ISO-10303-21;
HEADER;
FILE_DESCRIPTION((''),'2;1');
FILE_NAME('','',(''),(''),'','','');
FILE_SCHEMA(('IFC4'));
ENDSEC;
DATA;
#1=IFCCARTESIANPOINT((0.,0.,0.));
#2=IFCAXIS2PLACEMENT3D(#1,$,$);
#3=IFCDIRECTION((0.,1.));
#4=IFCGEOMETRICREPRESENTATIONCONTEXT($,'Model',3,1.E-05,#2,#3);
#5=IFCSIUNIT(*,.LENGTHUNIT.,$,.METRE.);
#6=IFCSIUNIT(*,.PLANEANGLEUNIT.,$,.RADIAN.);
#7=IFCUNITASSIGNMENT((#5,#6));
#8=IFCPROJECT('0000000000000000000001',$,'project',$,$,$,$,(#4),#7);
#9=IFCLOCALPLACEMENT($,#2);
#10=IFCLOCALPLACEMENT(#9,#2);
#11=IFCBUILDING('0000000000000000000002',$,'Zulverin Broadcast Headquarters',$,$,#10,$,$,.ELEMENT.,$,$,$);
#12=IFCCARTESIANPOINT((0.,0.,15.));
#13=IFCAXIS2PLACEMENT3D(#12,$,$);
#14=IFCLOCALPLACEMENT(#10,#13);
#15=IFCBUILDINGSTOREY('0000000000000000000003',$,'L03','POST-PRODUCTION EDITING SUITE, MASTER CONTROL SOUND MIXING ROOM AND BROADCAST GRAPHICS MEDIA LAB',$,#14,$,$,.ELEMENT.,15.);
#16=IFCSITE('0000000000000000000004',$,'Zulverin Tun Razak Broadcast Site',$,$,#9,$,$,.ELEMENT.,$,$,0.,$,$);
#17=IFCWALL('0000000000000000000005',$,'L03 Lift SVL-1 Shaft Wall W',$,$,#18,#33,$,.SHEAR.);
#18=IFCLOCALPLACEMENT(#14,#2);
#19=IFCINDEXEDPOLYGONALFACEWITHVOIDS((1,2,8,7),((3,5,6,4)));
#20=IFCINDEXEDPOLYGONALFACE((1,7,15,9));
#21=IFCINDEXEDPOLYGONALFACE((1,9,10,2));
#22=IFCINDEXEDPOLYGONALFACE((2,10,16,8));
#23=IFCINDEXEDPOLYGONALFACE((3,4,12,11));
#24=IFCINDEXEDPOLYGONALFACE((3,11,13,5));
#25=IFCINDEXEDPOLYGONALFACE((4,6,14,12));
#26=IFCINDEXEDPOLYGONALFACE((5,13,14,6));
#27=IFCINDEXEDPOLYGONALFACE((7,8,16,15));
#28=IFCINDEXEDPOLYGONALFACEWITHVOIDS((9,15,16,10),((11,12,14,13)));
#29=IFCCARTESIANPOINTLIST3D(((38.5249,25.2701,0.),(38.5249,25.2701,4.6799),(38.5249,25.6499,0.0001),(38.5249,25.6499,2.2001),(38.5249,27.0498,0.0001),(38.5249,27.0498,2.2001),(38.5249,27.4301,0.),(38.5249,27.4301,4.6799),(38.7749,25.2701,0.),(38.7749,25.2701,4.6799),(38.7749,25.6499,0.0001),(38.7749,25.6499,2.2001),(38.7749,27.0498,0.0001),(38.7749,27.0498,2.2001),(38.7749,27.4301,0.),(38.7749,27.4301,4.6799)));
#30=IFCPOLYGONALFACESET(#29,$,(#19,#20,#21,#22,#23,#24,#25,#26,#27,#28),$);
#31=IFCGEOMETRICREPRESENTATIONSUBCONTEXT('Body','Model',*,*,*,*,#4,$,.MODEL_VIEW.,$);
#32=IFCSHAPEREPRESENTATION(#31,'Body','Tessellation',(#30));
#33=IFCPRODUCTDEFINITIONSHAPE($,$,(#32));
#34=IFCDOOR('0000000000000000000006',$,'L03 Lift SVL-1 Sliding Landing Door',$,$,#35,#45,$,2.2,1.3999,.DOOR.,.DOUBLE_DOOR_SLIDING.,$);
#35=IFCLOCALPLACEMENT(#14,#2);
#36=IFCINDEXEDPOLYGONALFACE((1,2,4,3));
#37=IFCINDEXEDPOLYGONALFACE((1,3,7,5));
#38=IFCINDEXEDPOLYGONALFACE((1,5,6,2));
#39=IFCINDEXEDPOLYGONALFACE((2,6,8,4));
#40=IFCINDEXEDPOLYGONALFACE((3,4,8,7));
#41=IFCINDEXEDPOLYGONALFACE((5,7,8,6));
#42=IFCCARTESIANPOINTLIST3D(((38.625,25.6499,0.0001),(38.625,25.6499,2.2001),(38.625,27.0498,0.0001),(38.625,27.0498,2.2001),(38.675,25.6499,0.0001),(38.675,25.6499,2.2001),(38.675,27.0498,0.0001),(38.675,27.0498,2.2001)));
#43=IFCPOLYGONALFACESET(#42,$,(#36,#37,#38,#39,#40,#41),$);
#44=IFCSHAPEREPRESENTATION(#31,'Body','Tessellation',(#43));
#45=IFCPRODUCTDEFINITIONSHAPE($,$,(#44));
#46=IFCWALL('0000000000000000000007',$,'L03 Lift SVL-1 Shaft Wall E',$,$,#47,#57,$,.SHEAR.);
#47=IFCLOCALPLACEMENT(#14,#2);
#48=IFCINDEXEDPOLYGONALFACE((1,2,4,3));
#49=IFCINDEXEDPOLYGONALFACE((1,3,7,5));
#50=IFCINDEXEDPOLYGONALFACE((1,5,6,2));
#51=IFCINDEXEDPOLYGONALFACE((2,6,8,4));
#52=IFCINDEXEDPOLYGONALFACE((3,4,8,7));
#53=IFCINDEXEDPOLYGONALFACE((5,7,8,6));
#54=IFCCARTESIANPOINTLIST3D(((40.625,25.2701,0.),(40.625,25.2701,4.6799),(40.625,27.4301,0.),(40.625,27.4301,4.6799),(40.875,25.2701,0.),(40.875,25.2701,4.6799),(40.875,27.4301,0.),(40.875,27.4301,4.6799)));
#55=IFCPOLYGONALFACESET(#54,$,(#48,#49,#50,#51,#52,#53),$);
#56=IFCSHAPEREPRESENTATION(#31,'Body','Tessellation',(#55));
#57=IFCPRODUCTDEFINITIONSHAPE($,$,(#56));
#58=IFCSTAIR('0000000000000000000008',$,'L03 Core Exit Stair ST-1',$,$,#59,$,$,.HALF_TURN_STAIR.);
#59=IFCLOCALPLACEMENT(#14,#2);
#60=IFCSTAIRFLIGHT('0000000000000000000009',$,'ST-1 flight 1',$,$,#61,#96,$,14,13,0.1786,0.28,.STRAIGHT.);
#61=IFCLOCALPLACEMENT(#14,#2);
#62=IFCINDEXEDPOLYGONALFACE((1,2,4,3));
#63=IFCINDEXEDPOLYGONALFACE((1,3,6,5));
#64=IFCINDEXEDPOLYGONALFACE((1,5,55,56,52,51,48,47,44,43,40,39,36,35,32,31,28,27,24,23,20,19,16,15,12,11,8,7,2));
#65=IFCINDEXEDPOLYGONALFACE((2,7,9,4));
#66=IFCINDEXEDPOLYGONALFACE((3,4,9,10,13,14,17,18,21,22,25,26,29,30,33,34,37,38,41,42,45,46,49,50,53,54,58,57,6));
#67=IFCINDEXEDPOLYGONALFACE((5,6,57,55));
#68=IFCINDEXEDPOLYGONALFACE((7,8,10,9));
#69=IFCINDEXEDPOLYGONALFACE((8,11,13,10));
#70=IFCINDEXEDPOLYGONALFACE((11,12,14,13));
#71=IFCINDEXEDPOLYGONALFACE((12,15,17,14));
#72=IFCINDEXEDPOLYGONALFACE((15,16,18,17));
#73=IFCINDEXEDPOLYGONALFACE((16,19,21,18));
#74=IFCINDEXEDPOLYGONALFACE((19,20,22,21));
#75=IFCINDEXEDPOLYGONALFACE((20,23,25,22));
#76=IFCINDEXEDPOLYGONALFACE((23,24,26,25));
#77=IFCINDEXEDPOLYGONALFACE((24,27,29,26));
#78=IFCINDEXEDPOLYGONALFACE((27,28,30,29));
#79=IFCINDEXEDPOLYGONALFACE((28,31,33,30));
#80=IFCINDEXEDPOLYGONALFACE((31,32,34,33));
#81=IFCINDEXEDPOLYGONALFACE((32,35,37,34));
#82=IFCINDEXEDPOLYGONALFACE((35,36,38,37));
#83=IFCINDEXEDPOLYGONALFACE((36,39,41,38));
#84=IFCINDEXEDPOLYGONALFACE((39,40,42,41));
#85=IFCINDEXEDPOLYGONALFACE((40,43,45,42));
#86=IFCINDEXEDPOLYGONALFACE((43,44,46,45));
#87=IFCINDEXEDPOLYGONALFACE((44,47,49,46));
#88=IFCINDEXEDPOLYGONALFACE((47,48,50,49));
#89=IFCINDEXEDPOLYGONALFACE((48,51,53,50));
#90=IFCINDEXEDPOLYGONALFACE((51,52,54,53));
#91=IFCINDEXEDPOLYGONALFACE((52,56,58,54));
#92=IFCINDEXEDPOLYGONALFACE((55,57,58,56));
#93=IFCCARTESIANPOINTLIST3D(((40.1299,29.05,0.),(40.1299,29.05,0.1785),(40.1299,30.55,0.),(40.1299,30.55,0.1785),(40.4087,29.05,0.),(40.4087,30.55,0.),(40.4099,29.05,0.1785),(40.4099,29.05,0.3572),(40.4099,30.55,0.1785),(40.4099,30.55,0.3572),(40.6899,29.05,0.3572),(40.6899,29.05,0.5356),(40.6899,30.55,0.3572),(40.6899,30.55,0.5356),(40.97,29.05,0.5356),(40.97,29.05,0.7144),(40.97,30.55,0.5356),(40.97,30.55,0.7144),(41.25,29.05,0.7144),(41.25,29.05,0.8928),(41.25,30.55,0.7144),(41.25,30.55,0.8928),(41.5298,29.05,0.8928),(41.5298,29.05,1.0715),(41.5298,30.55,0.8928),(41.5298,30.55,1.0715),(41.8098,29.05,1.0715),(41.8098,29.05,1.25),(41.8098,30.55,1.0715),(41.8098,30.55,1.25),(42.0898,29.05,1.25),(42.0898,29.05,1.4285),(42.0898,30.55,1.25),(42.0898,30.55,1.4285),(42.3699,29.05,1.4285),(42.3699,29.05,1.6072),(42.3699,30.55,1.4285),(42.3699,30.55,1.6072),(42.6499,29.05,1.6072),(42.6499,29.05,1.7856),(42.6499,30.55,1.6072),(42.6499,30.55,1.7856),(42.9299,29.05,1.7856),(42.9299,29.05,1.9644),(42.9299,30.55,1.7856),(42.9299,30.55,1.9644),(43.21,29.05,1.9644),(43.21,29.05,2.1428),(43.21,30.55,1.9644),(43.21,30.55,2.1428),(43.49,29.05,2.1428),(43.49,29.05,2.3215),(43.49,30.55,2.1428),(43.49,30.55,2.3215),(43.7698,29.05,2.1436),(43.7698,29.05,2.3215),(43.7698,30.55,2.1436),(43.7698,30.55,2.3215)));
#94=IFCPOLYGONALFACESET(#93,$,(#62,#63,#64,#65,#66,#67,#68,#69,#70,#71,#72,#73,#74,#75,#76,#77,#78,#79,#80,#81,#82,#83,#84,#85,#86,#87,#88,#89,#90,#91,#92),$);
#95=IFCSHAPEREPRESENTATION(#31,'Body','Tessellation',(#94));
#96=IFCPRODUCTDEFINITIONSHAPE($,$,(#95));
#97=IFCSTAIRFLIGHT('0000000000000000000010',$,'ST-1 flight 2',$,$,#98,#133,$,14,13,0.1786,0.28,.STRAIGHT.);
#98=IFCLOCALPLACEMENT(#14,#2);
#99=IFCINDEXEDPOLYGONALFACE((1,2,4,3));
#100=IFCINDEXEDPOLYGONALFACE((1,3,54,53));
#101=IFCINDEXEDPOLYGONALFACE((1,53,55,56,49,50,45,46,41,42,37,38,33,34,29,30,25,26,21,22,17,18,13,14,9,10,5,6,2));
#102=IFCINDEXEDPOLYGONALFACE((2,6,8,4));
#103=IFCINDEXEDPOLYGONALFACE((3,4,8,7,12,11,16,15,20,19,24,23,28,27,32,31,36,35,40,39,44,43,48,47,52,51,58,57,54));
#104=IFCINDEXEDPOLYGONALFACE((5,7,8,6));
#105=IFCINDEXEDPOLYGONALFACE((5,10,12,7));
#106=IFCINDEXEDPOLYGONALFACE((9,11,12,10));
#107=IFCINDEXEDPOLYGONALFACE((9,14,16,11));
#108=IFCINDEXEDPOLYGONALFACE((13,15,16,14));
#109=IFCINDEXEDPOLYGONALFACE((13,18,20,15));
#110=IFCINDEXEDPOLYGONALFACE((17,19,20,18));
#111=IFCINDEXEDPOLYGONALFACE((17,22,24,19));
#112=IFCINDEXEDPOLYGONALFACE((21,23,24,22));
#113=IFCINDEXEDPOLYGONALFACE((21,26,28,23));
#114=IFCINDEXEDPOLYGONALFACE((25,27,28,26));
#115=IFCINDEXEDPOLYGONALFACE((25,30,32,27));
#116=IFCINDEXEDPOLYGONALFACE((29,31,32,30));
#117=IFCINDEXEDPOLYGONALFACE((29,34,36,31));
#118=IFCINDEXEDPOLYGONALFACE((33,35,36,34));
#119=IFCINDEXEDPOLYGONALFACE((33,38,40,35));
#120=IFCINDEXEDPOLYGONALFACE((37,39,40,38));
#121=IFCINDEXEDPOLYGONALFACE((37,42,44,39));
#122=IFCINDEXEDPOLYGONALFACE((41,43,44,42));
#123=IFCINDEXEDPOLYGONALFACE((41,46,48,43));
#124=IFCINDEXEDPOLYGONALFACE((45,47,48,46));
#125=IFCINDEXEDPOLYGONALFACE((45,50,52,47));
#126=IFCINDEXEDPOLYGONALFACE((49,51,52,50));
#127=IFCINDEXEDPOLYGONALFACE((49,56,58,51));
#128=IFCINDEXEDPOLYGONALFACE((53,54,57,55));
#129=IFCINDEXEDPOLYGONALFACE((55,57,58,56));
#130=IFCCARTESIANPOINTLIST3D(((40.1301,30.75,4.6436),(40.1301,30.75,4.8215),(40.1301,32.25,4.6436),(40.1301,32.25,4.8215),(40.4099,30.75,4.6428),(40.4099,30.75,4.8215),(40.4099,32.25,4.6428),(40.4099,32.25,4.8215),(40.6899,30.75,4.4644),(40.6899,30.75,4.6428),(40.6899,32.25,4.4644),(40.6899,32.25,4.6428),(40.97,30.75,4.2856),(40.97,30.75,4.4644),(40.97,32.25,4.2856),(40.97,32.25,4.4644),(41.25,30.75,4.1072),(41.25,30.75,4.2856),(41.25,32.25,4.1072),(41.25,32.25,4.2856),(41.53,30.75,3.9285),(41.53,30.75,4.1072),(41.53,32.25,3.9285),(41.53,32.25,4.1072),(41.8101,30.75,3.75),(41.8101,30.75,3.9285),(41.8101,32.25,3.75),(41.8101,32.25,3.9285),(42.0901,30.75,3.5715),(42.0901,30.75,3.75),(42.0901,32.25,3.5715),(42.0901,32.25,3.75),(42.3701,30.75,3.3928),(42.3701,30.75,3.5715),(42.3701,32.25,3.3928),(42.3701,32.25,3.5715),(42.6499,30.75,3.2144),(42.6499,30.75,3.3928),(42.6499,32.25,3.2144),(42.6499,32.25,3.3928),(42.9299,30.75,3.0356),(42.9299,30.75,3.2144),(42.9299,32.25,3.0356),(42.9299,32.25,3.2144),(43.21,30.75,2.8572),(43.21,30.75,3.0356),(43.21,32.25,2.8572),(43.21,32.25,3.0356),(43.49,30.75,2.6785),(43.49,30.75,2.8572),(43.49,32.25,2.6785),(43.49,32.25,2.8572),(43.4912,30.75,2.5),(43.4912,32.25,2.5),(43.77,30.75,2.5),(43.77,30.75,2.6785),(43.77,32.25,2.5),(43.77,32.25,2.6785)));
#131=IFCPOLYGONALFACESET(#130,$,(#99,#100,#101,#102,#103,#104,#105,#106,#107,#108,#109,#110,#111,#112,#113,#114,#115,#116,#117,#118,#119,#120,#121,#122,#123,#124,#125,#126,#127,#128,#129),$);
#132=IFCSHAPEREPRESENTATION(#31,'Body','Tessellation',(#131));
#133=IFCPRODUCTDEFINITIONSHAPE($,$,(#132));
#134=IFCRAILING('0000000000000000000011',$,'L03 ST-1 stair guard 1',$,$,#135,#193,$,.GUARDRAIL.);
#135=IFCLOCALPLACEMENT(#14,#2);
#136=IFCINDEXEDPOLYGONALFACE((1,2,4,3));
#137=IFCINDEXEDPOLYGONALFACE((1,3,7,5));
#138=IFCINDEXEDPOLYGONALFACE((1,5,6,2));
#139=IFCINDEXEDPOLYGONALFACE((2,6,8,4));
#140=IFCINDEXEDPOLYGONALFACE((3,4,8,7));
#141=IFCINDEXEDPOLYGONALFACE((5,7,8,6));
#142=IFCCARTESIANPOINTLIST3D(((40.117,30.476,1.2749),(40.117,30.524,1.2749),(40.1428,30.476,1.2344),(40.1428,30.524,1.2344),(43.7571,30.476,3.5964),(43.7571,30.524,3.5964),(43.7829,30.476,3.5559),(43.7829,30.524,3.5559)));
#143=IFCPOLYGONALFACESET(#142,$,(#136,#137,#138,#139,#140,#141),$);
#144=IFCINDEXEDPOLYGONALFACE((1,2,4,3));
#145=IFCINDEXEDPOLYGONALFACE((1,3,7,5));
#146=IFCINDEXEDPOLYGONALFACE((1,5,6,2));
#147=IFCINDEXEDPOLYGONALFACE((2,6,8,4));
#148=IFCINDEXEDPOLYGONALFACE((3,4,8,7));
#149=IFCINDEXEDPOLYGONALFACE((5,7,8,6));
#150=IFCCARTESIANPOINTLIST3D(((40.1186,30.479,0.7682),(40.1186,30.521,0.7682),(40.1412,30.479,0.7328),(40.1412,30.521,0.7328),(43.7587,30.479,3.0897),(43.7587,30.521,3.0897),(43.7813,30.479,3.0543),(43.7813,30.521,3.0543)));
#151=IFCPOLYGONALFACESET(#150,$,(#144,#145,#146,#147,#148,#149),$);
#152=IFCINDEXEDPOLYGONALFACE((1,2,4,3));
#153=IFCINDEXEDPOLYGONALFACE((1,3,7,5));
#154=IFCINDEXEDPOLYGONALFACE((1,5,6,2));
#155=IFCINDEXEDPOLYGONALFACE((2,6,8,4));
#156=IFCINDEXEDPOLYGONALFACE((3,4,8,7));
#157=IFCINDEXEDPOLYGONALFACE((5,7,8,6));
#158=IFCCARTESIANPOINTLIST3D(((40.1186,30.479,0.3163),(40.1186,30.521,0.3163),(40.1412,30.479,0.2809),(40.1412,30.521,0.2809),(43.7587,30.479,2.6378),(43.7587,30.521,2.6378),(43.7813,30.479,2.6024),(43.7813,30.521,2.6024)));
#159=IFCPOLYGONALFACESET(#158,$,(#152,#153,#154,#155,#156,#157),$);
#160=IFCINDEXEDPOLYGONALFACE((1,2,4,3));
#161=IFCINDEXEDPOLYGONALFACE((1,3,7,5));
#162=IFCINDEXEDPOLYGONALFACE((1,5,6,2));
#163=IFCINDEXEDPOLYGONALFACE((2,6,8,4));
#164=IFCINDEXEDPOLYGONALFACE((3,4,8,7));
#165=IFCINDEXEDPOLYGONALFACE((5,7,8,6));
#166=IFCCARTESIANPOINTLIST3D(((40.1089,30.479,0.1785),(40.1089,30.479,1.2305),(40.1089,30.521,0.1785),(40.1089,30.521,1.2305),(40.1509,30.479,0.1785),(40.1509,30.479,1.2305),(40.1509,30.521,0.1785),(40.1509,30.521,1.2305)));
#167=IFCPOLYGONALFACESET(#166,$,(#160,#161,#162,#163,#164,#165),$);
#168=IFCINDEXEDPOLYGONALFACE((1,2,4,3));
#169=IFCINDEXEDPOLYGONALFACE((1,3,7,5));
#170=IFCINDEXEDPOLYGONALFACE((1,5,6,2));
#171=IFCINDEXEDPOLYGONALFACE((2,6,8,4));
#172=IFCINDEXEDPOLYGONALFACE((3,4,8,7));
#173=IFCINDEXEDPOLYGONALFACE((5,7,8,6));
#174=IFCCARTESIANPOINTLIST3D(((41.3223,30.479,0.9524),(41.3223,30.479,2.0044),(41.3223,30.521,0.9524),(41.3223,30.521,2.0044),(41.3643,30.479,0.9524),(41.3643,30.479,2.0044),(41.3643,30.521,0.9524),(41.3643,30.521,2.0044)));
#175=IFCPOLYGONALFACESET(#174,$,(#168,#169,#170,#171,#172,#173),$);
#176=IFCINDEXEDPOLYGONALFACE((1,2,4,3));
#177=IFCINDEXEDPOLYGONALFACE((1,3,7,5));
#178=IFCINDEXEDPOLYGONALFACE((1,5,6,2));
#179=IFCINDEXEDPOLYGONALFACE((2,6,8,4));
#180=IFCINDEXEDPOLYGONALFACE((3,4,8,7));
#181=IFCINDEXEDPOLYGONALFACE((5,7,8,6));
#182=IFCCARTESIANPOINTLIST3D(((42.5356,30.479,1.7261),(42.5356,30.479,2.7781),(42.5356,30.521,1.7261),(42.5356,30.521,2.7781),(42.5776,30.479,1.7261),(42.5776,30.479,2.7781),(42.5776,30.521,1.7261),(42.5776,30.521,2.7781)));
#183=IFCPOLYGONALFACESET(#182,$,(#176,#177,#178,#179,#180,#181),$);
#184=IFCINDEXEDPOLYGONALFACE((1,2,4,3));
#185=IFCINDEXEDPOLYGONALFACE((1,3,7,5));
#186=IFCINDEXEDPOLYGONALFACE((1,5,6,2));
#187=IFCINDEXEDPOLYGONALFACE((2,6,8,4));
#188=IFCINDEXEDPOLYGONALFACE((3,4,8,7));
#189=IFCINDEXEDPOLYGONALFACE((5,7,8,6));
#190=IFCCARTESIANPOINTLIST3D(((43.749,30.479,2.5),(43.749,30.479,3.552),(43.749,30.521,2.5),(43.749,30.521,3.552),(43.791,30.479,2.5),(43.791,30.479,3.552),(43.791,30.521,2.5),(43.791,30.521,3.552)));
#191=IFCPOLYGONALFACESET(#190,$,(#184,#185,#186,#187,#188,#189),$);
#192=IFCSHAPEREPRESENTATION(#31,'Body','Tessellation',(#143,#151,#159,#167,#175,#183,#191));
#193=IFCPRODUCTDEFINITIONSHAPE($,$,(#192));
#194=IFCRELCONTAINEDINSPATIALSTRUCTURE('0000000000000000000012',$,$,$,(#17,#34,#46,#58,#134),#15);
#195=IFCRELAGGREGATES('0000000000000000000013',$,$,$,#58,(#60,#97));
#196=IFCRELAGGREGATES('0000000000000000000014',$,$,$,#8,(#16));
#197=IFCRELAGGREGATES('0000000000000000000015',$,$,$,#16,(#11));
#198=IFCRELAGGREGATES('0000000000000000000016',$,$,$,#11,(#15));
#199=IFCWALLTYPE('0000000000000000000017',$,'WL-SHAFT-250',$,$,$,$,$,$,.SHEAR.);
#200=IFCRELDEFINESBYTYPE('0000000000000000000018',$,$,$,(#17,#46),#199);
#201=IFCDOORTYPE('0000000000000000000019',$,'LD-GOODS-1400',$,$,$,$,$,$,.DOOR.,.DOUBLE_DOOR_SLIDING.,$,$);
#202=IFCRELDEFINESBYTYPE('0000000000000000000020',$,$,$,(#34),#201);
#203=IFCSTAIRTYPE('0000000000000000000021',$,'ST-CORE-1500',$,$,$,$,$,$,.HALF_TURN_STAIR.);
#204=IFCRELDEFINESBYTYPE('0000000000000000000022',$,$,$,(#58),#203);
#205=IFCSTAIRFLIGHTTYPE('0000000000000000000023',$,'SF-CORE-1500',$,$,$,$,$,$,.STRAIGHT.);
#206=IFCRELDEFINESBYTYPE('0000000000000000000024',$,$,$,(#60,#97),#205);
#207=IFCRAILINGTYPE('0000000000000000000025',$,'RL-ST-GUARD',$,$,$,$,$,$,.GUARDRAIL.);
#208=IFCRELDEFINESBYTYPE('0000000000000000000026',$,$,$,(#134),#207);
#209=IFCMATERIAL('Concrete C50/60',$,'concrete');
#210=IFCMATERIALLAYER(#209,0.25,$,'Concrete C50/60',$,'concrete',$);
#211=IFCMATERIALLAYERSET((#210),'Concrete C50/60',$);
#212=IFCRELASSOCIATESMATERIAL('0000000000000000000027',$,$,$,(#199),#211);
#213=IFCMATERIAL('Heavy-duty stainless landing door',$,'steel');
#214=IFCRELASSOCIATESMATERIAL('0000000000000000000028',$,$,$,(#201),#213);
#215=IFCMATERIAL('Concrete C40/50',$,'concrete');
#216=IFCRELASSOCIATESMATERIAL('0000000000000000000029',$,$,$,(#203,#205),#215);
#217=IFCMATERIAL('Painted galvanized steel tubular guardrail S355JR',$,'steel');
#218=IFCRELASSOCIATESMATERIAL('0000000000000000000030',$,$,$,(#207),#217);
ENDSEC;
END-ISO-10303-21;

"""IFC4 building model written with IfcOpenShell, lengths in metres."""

from ifc_helpers import new_model, si_unit, direction, frame, frame_2d, origin, origin_2d, place, context, subcontext, project, spatial, polyline, rectangle, outline, extrude, material, layer, layer_set, type_object, element, fill, aggregate, save


model = new_model("IFC4")

# Units and contexts
model_context = context("Model", 3, precision=1e-05, world=origin(), true_north=direction((0.0, 1.0)))
body_context = subcontext(model_context, "Body", "Model", "MODEL_VIEW")
ifc_project = project(units=[si_unit("LENGTHUNIT", "METRE"), si_unit("PLANEANGLEUNIT", "RADIAN")], contexts=[model_context])

# Site, building, storey
site_placement = place(None, origin())
site = spatial("IfcSite", under=ifc_project, at=site_placement, Name="Zulverin Tun Razak Broadcast Site", CompositionType="ELEMENT", RefElevation=0.0)
building_placement = place(site_placement, origin())
building = spatial("IfcBuilding", under=site, at=building_placement, Name="Zulverin Broadcast Headquarters", CompositionType="ELEMENT")
storey_placement = place(building_placement, frame((0.0, 0.0, 15.0)))
storey = spatial("IfcBuildingStorey", under=building, at=storey_placement, Name="L03", Description="POST-PRODUCTION EDITING SUITE, MASTER CONTROL SOUND MIXING ROOM AND BROADCAST GRAPHICS MEDIA LAB", CompositionType="ELEMENT", Elevation=15.0)

# Shared definitions
ifc_material_1 = material(Name="Concrete C50/60", Category="concrete")
ifc_layer_1 = layer(ifc_material_1, 0.25, Name="Concrete C50/60", Category="concrete")
ifc_layer_set_1 = layer_set([ifc_layer_1], Name="Concrete C50/60")
wall_type_1 = type_object("IfcWallType", Name="WL-SHAFT-250", PredefinedType="SHEAR", material=ifc_layer_set_1)

# Wall, opening, door
wall_1_placement = place(storey_placement, frame((38.6499, 25.27, 0.0), z_axis=(0.0, 0.0, 1.0), x_axis=(0.0, 1.0, 0.0)))
wall_1 = element("IfcWall", 1, at=wall_1_placement, inside=storey, type_object=wall_type_1, Name="L03 Lift SVL-1 Shaft Wall W", PredefinedType="SHEAR", context=body_context, shape_type="SweptSolid", body=[
    extrude(rectangle(XDim=2.1599, YDim=0.25, at=frame_2d((1.0801, 0.0))), origin(), (0.0, 0.0, 1.0), 4.6799),
])
opening_1_placement = place(wall_1_placement, frame((0.3799, 0.0, 0.0)))
opening_1 = element("IfcOpeningElement", 2, at=opening_1_placement, cuts=wall_1, PredefinedType="OPENING", context=body_context, shape_type="SweptSolid", body=[
    extrude(rectangle(XDim=1.3999, YDim=2.2, at=frame_2d((0.7, 1.1001))), frame((0.0, 0.135, 0.0), z_axis=(0.0, -1.0, 0.0), x_axis=(1.0, 0.0, 0.0)), (0.0, 0.0, 1.0), 0.27),
])
ifc_material_2 = material(Name="Heavy-duty stainless landing door", Category="steel")
door_type_1 = type_object("IfcDoorType", Name="LD-GOODS-1400", OperationType="DOUBLE_DOOR_SLIDING", PredefinedType="DOOR", material=ifc_material_2)
door_1_placement = place(opening_1_placement, origin())
door_1 = element("IfcDoor", 3, at=door_1_placement, inside=storey, type_object=door_type_1, Name="L03 Lift SVL-1 Sliding Landing Door", OperationType="DOUBLE_DOOR_SLIDING", OverallHeight=2.2, OverallWidth=1.3999, PredefinedType="DOOR", context=body_context, shape_type="SweptSolid", body=[
    extrude(rectangle(XDim=1.3999, YDim=2.2, at=frame_2d((0.7, 1.1001))), frame((0.0, 0.0249, 0.0), z_axis=(0.0, -1.0, 0.0), x_axis=(1.0, 0.0, 0.0)), (0.0, 0.0, 1.0), 0.05),
])
fill(opening_1, door_1)

# Wall
wall_2_placement = place(storey_placement, frame((40.75, 25.27, 0.0), z_axis=(0.0, 0.0, 1.0), x_axis=(0.0, 1.0, 0.0)))
element("IfcWall", 4, at=wall_2_placement, inside=storey, type_object=wall_type_1, Name="L03 Lift SVL-1 Shaft Wall E", PredefinedType="SHEAR", context=body_context, shape_type="SweptSolid", body=[
    extrude(rectangle(XDim=2.1599, YDim=0.25, at=frame_2d((1.0801, 0.0))), origin(), (0.0, 0.0, 1.0), 4.6799),
])

# Stair, stair flights
ifc_material_3 = material(Name="Concrete C40/50", Category="concrete")
stair_type = type_object("IfcStairType", Name="ST-CORE-1500", PredefinedType="HALF_TURN_STAIR", material=ifc_material_3)
stair_placement = place(storey_placement, origin())
stair = element("IfcStair", 5, at=stair_placement, inside=storey, type_object=stair_type, Name="L03 Core Exit Stair ST-1", PredefinedType="HALF_TURN_STAIR")
stair_flight_type = type_object("IfcStairFlightType", Name="SF-CORE-1500", PredefinedType="STRAIGHT", material=ifc_material_3)
stair_flight_1_placement = place(storey_placement, frame((40.1299, 29.8, 0.0), z_axis=(0.0, 0.0, 1.0), x_axis=(1.0, 0.0, 0.0)))
stair_flight_1 = element("IfcStairFlight", 6, at=stair_flight_1_placement, type_object=stair_flight_type, Name="ST-1 flight 1", NumberOfRisers=14, NumberOfTreads=13, PredefinedType="STRAIGHT", RiserHeight=0.1786, TreadLength=0.28, context=body_context, shape_type="SweptSolid", body=[
    extrude(outline(polyline([(0.0, 0.0), (0.0, 0.1785), (0.28, 0.1785), (0.28, 0.3572), (0.5601, 0.3572), (0.5601, 0.5356), (0.8401, 0.5356), (0.8401, 0.7144), (1.1201, 0.7144), (1.1201, 0.8928), (1.3999, 0.8928), (1.3999, 1.0715), (1.6799, 1.0715), (1.6799, 1.25), (1.96, 1.25), (1.96, 1.4285), (2.24, 1.4285), (2.24, 1.6072), (2.52, 1.6072), (2.52, 1.7856), (2.8, 1.7856), (2.8, 1.9644), (3.0801, 1.9644), (3.0801, 2.1428), (3.3601, 2.1428), (3.3601, 2.3215), (3.6399, 2.3215), (3.6399, 2.5), (3.6399, 2.1436), (0.2788, 0.0), (0.0, 0.0)])), frame((0.0, 0.75, 0.0), z_axis=(0.0, -1.0, 0.0), x_axis=(1.0, 0.0, 0.0)), (0.0, 0.0, 1.0), 1.5),
])
stair_flight_2_placement = place(storey_placement, frame((43.77, 31.5, 2.5), z_axis=(0.0, 0.0, 1.0), x_axis=(-1.0, 0.0, 0.0)))
stair_flight_2 = element("IfcStairFlight", 7, at=stair_flight_2_placement, type_object=stair_flight_type, Name="ST-1 flight 2", NumberOfRisers=14, NumberOfTreads=13, PredefinedType="STRAIGHT", RiserHeight=0.1786, TreadLength=0.28, context=body_context, shape_type="SweptSolid", body=[
    extrude(outline(polyline([(0.0, 0.0), (0.0, 0.1785), (0.28, 0.1785), (0.28, 0.3572), (0.5601, 0.3572), (0.5601, 0.5356), (0.8401, 0.5356), (0.8401, 0.7144), (1.1201, 0.7144), (1.1201, 0.8928), (1.3999, 0.8928), (1.3999, 1.0715), (1.6799, 1.0715), (1.6799, 1.25), (1.96, 1.25), (1.96, 1.4285), (2.24, 1.4285), (2.24, 1.6072), (2.52, 1.6072), (2.52, 1.7856), (2.8, 1.7856), (2.8, 1.9644), (3.0801, 1.9644), (3.0801, 2.1428), (3.3601, 2.1428), (3.3601, 2.3215), (3.6399, 2.3215), (3.6399, 2.5), (3.6399, 2.1436), (0.2788, 0.0), (0.0, 0.0)])), frame((0.0, 0.75, 0.0), z_axis=(0.0, -1.0, 0.0), x_axis=(1.0, 0.0, 0.0)), (0.0, 0.0, 1.0), 1.5),
])
aggregate(stair, [stair_flight_1, stair_flight_2])

# Railing
ifc_material_4 = material(Name="Painted galvanized steel tubular guardrail S355JR", Category="steel")
railing_type_1 = type_object("IfcRailingType", Name="RL-ST-GUARD", PredefinedType="GUARDRAIL", material=ifc_material_4)
railing_1_placement = place(storey_placement, frame((40.1299, 30.5, 0.1785)))
element("IfcRailing", 8, at=railing_1_placement, inside=storey, type_object=railing_type_1, Name="L03 ST-1 stair guard 1", PredefinedType="GUARDRAIL", context=body_context, shape_type="SweptSolid", body=[
    extrude(rectangle(XDim=0.0481, YDim=0.0481, at=origin_2d()), frame((0.0, 0.0, 1.0762), z_axis=(0.843128, 0.0, 0.537713), x_axis=(0.0, 1.0, 0.0)), (0.0, 0.0, 1.0), 4.3174),
    extrude(rectangle(XDim=0.042, YDim=0.042, at=origin_2d()), frame((0.0, 0.0, 0.572), z_axis=(0.843128, 0.0, 0.537713), x_axis=(0.0, 1.0, 0.0)), (0.0, 0.0, 1.0), 4.3174),
    extrude(rectangle(XDim=0.042, YDim=0.042, at=origin_2d()), frame((0.0, 0.0, 0.1201), z_axis=(0.843128, 0.0, 0.537713), x_axis=(0.0, 1.0, 0.0)), (0.0, 0.0, 1.0), 4.3174),
    extrude(rectangle(XDim=0.042, YDim=0.042, at=origin_2d()), origin(), (0.0, 0.0, 1.0), 1.052),
    extrude(rectangle(XDim=0.042, YDim=0.042, at=origin_2d()), frame((1.2134, 0.0, 0.7739)), (0.0, 0.0, 1.0), 1.052),
    extrude(rectangle(XDim=0.042, YDim=0.042, at=origin_2d()), frame((2.4268, 0.0, 1.5476)), (0.0, 0.0, 1.0), 1.052),
    extrude(rectangle(XDim=0.042, YDim=0.042, at=origin_2d()), frame((3.6401, 0.0, 2.3215)), (0.0, 0.0, 1.0), 1.052),
])

save(model, "model.ifc")
